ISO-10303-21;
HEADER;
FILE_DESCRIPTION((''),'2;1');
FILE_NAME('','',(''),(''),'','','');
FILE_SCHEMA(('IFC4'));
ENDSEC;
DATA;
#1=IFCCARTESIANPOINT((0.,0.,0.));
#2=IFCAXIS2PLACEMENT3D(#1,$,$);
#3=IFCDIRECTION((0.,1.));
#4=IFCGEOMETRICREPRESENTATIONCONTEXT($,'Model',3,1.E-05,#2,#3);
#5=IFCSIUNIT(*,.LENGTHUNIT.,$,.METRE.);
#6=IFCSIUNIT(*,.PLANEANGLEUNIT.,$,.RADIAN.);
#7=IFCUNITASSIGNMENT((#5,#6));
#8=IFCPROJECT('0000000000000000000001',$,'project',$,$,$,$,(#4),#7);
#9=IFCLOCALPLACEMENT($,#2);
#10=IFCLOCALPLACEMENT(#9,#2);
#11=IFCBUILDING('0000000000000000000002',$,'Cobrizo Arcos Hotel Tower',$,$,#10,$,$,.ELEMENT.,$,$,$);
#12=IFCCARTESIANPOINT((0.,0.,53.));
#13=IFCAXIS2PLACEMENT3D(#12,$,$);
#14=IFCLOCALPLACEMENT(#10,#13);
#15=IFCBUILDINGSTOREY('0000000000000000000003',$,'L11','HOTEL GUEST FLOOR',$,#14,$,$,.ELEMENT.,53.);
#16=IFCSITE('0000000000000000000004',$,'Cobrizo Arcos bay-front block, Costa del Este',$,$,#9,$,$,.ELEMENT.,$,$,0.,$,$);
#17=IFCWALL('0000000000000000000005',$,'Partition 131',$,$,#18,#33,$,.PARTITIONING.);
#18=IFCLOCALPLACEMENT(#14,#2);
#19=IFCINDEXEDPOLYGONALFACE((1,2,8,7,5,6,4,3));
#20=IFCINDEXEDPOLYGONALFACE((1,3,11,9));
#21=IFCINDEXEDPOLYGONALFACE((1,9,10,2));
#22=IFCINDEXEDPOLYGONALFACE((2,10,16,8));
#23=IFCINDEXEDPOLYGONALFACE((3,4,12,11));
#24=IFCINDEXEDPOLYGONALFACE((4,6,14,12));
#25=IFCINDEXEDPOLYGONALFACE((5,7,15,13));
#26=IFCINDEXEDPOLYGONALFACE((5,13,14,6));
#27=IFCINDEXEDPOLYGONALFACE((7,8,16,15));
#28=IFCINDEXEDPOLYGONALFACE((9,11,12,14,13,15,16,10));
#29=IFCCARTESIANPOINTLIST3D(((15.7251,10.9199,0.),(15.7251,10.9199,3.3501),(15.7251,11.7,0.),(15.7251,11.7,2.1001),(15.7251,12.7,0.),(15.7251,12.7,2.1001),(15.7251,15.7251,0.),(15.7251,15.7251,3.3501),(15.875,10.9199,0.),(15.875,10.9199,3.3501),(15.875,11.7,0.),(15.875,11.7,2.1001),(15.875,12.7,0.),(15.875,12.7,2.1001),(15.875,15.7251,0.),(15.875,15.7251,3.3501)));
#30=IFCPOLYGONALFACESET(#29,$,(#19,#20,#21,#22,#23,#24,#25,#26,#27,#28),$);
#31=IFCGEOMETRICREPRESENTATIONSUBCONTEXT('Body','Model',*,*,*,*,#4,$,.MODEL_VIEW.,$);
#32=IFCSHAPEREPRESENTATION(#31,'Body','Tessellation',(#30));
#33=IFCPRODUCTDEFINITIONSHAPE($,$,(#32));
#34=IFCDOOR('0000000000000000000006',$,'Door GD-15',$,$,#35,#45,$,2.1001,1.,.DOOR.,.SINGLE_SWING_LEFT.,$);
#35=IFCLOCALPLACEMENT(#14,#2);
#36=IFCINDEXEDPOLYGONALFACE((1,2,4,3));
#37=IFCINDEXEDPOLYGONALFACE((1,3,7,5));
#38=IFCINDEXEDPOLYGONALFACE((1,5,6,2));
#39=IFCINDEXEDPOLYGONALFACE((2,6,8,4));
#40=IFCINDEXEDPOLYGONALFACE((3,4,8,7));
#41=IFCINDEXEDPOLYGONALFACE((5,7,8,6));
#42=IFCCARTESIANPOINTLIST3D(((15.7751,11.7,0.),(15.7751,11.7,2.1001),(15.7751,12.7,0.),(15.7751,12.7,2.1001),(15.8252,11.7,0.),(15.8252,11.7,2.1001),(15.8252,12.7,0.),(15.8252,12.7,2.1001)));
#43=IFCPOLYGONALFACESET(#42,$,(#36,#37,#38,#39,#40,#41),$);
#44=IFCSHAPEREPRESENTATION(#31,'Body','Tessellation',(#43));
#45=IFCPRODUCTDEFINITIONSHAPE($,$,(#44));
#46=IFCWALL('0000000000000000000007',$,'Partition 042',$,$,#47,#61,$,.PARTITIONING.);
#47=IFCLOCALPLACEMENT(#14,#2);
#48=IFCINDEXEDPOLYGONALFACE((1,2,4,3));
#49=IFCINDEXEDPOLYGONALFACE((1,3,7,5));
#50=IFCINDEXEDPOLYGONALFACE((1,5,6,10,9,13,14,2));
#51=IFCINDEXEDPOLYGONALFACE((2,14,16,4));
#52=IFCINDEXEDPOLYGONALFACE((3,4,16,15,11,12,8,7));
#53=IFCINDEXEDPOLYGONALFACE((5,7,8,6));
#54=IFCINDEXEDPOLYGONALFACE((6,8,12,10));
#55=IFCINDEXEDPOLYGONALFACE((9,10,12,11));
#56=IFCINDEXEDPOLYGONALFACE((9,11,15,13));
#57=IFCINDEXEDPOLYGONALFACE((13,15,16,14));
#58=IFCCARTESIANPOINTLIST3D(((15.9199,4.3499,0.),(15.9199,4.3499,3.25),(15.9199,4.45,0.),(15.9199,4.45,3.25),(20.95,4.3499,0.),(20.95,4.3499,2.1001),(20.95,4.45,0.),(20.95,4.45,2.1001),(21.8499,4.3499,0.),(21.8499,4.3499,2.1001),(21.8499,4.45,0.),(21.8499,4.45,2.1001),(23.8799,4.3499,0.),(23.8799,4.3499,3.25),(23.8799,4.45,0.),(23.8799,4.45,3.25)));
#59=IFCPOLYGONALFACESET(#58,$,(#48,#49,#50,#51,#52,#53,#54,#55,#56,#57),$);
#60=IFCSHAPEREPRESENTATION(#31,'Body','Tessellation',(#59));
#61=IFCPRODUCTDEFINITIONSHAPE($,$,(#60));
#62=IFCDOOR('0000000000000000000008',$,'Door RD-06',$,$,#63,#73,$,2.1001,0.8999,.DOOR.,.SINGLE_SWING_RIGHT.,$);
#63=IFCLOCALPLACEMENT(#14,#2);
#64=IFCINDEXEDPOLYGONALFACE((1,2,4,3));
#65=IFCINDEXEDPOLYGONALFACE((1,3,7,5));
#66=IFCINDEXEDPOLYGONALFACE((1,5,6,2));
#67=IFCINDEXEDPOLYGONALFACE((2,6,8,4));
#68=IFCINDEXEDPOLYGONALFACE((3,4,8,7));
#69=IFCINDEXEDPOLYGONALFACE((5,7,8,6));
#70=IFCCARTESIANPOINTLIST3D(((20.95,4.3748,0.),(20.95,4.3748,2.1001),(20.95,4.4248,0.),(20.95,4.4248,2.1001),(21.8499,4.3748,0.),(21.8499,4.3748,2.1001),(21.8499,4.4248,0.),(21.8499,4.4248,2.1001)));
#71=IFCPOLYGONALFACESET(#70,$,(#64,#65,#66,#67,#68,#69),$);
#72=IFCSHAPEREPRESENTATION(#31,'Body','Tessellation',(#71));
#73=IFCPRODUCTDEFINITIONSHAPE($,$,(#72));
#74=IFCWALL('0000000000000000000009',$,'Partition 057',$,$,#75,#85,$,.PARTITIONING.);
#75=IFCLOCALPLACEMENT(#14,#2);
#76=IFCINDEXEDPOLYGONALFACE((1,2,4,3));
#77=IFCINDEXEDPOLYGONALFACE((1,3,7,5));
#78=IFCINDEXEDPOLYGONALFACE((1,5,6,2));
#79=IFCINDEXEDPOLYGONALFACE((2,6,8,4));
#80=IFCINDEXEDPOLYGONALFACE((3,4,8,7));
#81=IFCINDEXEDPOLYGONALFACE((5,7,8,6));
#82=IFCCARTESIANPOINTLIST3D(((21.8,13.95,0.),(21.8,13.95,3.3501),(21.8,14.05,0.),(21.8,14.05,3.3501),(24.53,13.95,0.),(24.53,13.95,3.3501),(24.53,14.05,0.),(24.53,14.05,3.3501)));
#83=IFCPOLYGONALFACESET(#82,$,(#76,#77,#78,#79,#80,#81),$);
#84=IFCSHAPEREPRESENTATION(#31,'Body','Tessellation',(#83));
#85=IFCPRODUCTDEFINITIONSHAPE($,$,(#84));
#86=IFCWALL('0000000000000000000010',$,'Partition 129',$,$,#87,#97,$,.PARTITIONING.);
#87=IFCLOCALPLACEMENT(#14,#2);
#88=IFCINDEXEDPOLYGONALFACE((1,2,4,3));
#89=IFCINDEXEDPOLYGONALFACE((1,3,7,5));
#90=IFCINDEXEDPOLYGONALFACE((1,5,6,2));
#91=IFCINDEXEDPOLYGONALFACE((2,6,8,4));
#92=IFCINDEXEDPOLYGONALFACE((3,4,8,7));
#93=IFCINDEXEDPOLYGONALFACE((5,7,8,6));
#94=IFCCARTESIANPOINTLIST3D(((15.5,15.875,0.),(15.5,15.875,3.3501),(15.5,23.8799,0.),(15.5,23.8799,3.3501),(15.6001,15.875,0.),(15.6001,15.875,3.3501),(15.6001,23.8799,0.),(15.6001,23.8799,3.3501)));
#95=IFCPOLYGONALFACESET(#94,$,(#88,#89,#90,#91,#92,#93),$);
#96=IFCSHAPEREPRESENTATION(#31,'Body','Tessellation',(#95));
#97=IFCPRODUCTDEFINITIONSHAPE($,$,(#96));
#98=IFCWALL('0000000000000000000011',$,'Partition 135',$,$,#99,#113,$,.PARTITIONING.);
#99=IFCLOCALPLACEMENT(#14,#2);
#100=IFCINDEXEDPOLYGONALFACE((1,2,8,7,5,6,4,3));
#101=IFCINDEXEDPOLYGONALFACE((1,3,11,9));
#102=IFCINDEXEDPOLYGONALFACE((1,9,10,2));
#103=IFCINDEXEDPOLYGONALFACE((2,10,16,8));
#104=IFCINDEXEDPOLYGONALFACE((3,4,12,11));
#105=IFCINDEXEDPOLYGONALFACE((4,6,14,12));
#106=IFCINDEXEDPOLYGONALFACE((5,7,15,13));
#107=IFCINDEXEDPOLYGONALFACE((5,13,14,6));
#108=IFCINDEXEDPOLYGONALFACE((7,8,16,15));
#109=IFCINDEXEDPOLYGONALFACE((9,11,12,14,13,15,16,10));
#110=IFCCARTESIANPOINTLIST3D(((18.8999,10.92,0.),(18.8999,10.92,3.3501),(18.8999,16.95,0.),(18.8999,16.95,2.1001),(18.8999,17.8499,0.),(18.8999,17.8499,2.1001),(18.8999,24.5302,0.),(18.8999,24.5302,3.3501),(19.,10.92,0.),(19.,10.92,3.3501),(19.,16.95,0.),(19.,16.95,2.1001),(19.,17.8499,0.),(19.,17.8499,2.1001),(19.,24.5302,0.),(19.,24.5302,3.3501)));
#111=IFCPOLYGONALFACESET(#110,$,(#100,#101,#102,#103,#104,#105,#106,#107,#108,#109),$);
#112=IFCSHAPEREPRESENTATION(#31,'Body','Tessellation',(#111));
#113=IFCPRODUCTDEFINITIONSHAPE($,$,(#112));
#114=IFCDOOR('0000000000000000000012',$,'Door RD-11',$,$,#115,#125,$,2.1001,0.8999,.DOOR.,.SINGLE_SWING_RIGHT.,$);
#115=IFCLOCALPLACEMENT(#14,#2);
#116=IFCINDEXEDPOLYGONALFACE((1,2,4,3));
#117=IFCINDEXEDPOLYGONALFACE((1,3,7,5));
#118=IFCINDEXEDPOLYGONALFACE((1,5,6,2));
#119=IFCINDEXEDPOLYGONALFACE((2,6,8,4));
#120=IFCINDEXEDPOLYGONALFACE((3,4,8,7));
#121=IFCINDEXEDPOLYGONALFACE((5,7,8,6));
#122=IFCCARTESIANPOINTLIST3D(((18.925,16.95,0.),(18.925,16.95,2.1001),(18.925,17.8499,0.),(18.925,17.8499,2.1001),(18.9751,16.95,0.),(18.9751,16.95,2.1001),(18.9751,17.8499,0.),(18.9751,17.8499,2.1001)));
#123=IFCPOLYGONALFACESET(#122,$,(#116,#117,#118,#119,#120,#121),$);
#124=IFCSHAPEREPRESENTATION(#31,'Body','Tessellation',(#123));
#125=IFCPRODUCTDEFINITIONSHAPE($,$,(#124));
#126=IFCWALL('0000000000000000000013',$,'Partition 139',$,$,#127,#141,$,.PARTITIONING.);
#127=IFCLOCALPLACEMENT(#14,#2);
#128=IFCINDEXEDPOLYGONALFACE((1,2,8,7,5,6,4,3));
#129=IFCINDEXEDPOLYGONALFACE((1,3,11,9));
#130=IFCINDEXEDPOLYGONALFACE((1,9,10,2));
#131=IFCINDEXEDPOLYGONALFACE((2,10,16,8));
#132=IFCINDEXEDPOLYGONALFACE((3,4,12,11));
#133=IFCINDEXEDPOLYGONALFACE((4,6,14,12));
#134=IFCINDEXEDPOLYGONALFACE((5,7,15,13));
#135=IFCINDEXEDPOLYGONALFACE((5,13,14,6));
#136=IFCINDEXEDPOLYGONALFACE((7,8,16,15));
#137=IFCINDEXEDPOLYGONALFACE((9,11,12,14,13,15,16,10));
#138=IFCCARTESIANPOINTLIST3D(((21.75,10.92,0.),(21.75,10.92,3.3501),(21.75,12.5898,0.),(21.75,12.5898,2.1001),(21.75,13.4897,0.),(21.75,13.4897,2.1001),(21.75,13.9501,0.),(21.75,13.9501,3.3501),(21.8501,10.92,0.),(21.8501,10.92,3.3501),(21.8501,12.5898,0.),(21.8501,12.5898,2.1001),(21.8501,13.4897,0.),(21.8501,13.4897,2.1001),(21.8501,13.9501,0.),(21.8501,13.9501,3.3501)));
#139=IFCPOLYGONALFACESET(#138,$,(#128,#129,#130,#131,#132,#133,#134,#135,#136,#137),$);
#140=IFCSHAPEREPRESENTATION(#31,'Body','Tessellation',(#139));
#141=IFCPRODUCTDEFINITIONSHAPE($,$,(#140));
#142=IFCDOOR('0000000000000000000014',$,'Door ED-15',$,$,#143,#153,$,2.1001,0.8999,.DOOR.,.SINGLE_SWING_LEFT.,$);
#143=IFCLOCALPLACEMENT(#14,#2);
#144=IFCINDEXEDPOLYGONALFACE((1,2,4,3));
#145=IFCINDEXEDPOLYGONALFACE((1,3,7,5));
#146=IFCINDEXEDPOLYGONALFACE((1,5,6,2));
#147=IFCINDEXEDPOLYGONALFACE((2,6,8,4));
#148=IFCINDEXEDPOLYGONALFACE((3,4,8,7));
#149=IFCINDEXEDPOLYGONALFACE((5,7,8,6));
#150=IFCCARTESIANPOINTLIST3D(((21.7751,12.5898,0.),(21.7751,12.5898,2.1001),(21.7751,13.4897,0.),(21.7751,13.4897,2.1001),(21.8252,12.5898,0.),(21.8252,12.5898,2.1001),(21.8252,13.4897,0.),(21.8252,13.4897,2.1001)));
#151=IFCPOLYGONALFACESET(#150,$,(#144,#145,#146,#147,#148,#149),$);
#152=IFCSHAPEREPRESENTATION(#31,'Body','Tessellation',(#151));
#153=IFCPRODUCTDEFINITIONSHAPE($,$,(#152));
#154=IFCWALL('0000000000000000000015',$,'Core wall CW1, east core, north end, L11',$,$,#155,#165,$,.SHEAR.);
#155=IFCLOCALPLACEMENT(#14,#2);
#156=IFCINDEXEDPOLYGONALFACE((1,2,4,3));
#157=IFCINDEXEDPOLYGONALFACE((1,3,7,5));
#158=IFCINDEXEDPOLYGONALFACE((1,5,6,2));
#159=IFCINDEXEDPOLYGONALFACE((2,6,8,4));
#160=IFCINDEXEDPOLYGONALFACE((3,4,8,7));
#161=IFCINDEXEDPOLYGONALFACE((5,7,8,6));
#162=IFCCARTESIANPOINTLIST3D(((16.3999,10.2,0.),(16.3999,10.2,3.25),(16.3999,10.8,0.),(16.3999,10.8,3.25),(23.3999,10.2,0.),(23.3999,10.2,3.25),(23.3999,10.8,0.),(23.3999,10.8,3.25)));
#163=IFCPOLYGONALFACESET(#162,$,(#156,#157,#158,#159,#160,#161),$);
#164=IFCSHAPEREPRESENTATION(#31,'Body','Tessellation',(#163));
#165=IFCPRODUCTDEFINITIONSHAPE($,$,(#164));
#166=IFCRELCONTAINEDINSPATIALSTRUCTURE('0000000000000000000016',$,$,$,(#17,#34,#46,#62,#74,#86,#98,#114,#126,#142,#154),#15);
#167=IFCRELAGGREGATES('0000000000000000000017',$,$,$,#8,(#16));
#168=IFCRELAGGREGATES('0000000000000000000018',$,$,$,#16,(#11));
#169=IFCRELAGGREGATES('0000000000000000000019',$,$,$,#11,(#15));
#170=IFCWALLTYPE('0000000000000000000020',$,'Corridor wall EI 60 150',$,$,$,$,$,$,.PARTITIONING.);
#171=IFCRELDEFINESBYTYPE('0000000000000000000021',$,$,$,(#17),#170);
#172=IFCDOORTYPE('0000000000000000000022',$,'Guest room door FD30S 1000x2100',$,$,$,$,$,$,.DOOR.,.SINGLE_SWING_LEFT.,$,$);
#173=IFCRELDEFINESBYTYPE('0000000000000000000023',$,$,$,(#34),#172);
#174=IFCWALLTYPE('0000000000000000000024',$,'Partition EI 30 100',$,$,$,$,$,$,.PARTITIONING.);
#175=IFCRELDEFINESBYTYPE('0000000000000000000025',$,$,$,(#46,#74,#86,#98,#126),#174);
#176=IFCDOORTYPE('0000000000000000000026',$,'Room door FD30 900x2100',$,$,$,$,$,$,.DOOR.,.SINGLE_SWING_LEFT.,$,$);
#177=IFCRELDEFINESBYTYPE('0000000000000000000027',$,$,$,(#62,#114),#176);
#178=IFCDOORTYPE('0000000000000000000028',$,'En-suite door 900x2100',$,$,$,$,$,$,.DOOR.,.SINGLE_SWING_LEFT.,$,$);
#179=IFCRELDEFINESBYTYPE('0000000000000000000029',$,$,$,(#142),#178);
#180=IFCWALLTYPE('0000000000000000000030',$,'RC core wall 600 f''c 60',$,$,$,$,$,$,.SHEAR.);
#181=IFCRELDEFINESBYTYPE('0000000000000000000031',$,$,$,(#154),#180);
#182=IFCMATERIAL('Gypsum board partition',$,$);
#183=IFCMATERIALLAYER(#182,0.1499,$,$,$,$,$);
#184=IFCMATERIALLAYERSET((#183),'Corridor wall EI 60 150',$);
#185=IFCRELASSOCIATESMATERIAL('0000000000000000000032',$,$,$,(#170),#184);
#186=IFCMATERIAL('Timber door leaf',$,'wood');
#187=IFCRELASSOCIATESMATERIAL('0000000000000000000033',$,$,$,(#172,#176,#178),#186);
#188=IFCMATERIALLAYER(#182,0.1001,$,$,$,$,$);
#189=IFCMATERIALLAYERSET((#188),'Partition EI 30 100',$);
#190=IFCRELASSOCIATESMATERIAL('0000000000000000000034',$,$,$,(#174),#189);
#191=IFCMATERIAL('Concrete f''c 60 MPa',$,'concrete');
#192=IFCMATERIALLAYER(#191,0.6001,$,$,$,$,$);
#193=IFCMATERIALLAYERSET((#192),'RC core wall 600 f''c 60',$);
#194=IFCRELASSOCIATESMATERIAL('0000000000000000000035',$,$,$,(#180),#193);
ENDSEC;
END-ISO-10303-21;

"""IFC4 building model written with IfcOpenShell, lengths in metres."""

from ifc_helpers import new_model, si_unit, direction, frame, frame_2d, origin, place, context, subcontext, project, spatial, rectangle, extrude, material, layer, layer_set, type_object, element, fill, save


model = new_model("IFC4")

# Units and contexts
model_context = context("Model", 3, precision=1e-05, world=origin(), true_north=direction((0.0, 1.0)))
body_context = subcontext(model_context, "Body", "Model", "MODEL_VIEW")
ifc_project = project(units=[si_unit("LENGTHUNIT", "METRE"), si_unit("PLANEANGLEUNIT", "RADIAN")], contexts=[model_context])

# Site, building, storey
site_placement = place(None, origin())
site = spatial("IfcSite", under=ifc_project, at=site_placement, Name="Cobrizo Arcos bay-front block, Costa del Este", CompositionType="ELEMENT", RefElevation=0.0)
building_placement = place(site_placement, origin())
building = spatial("IfcBuilding", under=site, at=building_placement, Name="Cobrizo Arcos Hotel Tower", CompositionType="ELEMENT")
storey_placement = place(building_placement, frame((0.0, 0.0, 53.0)))
storey = spatial("IfcBuildingStorey", under=building, at=storey_placement, Name="L11", Description="HOTEL GUEST FLOOR", CompositionType="ELEMENT", Elevation=53.0)

# Walls, openings, doors
ifc_material_1 = material(Name="Gypsum board partition")
ifc_layer_1 = layer(ifc_material_1, 0.1499)
ifc_layer_set_1 = layer_set([ifc_layer_1], Name="Corridor wall EI 60 150")
wall_type_1 = type_object("IfcWallType", Name="Corridor wall EI 60 150", PredefinedType="PARTITIONING", material=ifc_layer_set_1)
wall_1_placement = place(storey_placement, frame((15.8, 10.9199, 0.0), z_axis=(0.0, 0.0, 1.0), x_axis=(0.0, 1.0, 0.0)))
wall_1 = element("IfcWall", 1, at=wall_1_placement, inside=storey, type_object=wall_type_1, Name="Partition 131", PredefinedType="PARTITIONING", context=body_context, shape_type="SweptSolid", body=[
    extrude(rectangle(XDim=4.8052, YDim=0.1499, at=frame_2d((2.4026, 0.0))), origin(), (0.0, 0.0, 1.0), 3.3501),
])
opening_1_placement = place(wall_1_placement, frame((0.78, 0.0, 0.0)))
opening_1 = element("IfcOpeningElement", 2, at=opening_1_placement, cuts=wall_1, PredefinedType="OPENING", context=body_context, shape_type="SweptSolid", body=[
    extrude(rectangle(XDim=1.0, YDim=2.1001, at=frame_2d((0.5, 1.05))), frame((0.0, 0.0869, 0.0), z_axis=(0.0, -1.0, 0.0), x_axis=(1.0, 0.0, 0.0)), (0.0, 0.0, 1.0), 0.1738),
])
ifc_material_2 = material(Name="Timber door leaf", Category="wood")
door_type_1 = type_object("IfcDoorType", Name="Guest room door FD30S 1000x2100", OperationType="SINGLE_SWING_LEFT", PredefinedType="DOOR", material=ifc_material_2)
door_1_placement = place(opening_1_placement, origin())
door_1 = element("IfcDoor", 3, at=door_1_placement, inside=storey, type_object=door_type_1, Name="Door GD-15", OperationType="SINGLE_SWING_LEFT", OverallHeight=2.1001, OverallWidth=1.0, PredefinedType="DOOR", context=body_context, shape_type="SweptSolid", body=[
    extrude(rectangle(XDim=1.0, YDim=2.1001, at=frame_2d((0.5, 1.05))), frame((0.0, 0.0249, 0.0), z_axis=(0.0, -1.0, 0.0), x_axis=(1.0, 0.0, 0.0)), (0.0, 0.0, 1.0), 0.05),
])
fill(opening_1, door_1)
ifc_layer_2 = layer(ifc_material_1, 0.1001)
ifc_layer_set_2 = layer_set([ifc_layer_2], Name="Partition EI 30 100")
wall_type_2 = type_object("IfcWallType", Name="Partition EI 30 100", PredefinedType="PARTITIONING", material=ifc_layer_set_2)
wall_2_placement = place(storey_placement, frame((15.9199, 4.3999, 0.0), z_axis=(0.0, 0.0, 1.0), x_axis=(1.0, 0.0, 0.0)))
wall_2 = element("IfcWall", 4, at=wall_2_placement, inside=storey, type_object=wall_type_2, Name="Partition 042", PredefinedType="PARTITIONING", context=body_context, shape_type="SweptSolid", body=[
    extrude(rectangle(XDim=7.96, YDim=0.1001, at=frame_2d((3.98, 0.0))), origin(), (0.0, 0.0, 1.0), 3.25),
])
opening_2_placement = place(wall_2_placement, frame((5.03, 0.0, 0.0)))
opening_2 = element("IfcOpeningElement", 5, at=opening_2_placement, cuts=wall_2, PredefinedType="OPENING", context=body_context, shape_type="SweptSolid", body=[
    extrude(rectangle(XDim=0.8999, YDim=2.1001, at=frame_2d((0.45, 1.05))), frame((0.0, 0.062, 0.0), z_axis=(0.0, -1.0, 0.0), x_axis=(1.0, 0.0, 0.0)), (0.0, 0.0, 1.0), 0.124),
])
door_type_2 = type_object("IfcDoorType", Name="Room door FD30 900x2100", OperationType="SINGLE_SWING_LEFT", PredefinedType="DOOR", material=ifc_material_2)
door_2_placement = place(opening_2_placement, origin())
door_2 = element("IfcDoor", 6, at=door_2_placement, inside=storey, type_object=door_type_2, Name="Door RD-06", OperationType="SINGLE_SWING_RIGHT", OverallHeight=2.1001, OverallWidth=0.8999, PredefinedType="DOOR", context=body_context, shape_type="SweptSolid", body=[
    extrude(rectangle(XDim=0.8999, YDim=2.1001, at=frame_2d((0.45, 1.05))), frame((0.0, 0.0249, 0.0), z_axis=(0.0, -1.0, 0.0), x_axis=(1.0, 0.0, 0.0)), (0.0, 0.0, 1.0), 0.05),
])
fill(opening_2, door_2)

# Walls
wall_3_placement = place(storey_placement, frame((21.8, 14.0, 0.0), z_axis=(0.0, 0.0, 1.0), x_axis=(1.0, 0.0, 0.0)))
element("IfcWall", 7, at=wall_3_placement, inside=storey, type_object=wall_type_2, Name="Partition 057", PredefinedType="PARTITIONING", context=body_context, shape_type="SweptSolid", body=[
    extrude(rectangle(XDim=2.73, YDim=0.1001, at=frame_2d((1.365, 0.0))), origin(), (0.0, 0.0, 1.0), 3.3501),
])
wall_4_placement = place(storey_placement, frame((15.55, 15.875, 0.0), z_axis=(0.0, 0.0, 1.0), x_axis=(0.0, 1.0, 0.0)))
element("IfcWall", 8, at=wall_4_placement, inside=storey, type_object=wall_type_2, Name="Partition 129", PredefinedType="PARTITIONING", context=body_context, shape_type="SweptSolid", body=[
    extrude(rectangle(XDim=8.0049, YDim=0.1001, at=frame_2d((4.0024, 0.0))), origin(), (0.0, 0.0, 1.0), 3.3501),
])

# Walls, openings, doors
wall_5_placement = place(storey_placement, frame((18.95, 10.9199, 0.0), z_axis=(0.0, 0.0, 1.0), x_axis=(0.0, 1.0, 0.0)))
wall_5 = element("IfcWall", 9, at=wall_5_placement, inside=storey, type_object=wall_type_2, Name="Partition 135", PredefinedType="PARTITIONING", context=body_context, shape_type="SweptSolid", body=[
    extrude(rectangle(XDim=13.6101, YDim=0.1001, at=frame_2d((6.8052, 0.0))), origin(), (0.0, 0.0, 1.0), 3.3501),
])
opening_3_placement = place(wall_5_placement, frame((6.03, 0.0, 0.0)))
opening_3 = element("IfcOpeningElement", 10, at=opening_3_placement, cuts=wall_5, PredefinedType="OPENING", context=body_context, shape_type="SweptSolid", body=[
    extrude(rectangle(XDim=0.8999, YDim=2.1001, at=frame_2d((0.45, 1.05))), frame((0.0, 0.062, 0.0), z_axis=(0.0, -1.0, 0.0), x_axis=(1.0, 0.0, 0.0)), (0.0, 0.0, 1.0), 0.124),
])
door_3_placement = place(opening_3_placement, origin())
door_3 = element("IfcDoor", 11, at=door_3_placement, inside=storey, type_object=door_type_2, Name="Door RD-11", OperationType="SINGLE_SWING_RIGHT", OverallHeight=2.1001, OverallWidth=0.8999, PredefinedType="DOOR", context=body_context, shape_type="SweptSolid", body=[
    extrude(rectangle(XDim=0.8999, YDim=2.1001, at=frame_2d((0.45, 1.05))), frame((0.0, 0.0249, 0.0), z_axis=(0.0, -1.0, 0.0), x_axis=(1.0, 0.0, 0.0)), (0.0, 0.0, 1.0), 0.05),
])
fill(opening_3, door_3)
wall_6_placement = place(storey_placement, frame((21.8, 10.9199, 0.0), z_axis=(0.0, 0.0, 1.0), x_axis=(0.0, 1.0, 0.0)))
wall_6 = element("IfcWall", 12, at=wall_6_placement, inside=storey, type_object=wall_type_2, Name="Partition 139", PredefinedType="PARTITIONING", context=body_context, shape_type="SweptSolid", body=[
    extrude(rectangle(XDim=3.03, YDim=0.1001, at=frame_2d((1.5151, 0.0))), origin(), (0.0, 0.0, 1.0), 3.3501),
])
opening_4_placement = place(wall_6_placement, frame((1.6699, 0.0, 0.0)))
opening_4 = element("IfcOpeningElement", 13, at=opening_4_placement, cuts=wall_6, PredefinedType="OPENING", context=body_context, shape_type="SweptSolid", body=[
    extrude(rectangle(XDim=0.8999, YDim=2.1001, at=frame_2d((0.45, 1.05))), frame((0.0, 0.062, 0.0), z_axis=(0.0, -1.0, 0.0), x_axis=(1.0, 0.0, 0.0)), (0.0, 0.0, 1.0), 0.124),
])
door_type_3 = type_object("IfcDoorType", Name="En-suite door 900x2100", OperationType="SINGLE_SWING_LEFT", PredefinedType="DOOR", material=ifc_material_2)
door_4_placement = place(opening_4_placement, origin())
door_4 = element("IfcDoor", 14, at=door_4_placement, inside=storey, type_object=door_type_3, Name="Door ED-15", OperationType="SINGLE_SWING_LEFT", OverallHeight=2.1001, OverallWidth=0.8999, PredefinedType="DOOR", context=body_context, shape_type="SweptSolid", body=[
    extrude(rectangle(XDim=0.8999, YDim=2.1001, at=frame_2d((0.45, 1.05))), frame((0.0, 0.0249, 0.0), z_axis=(0.0, -1.0, 0.0), x_axis=(1.0, 0.0, 0.0)), (0.0, 0.0, 1.0), 0.05),
])
fill(opening_4, door_4)

# Wall
ifc_material_3 = material(Name="Concrete f'c 60 MPa", Category="concrete")
ifc_layer_3 = layer(ifc_material_3, 0.6001)
ifc_layer_set_3 = layer_set([ifc_layer_3], Name="RC core wall 600 f'c 60")
wall_type_3 = type_object("IfcWallType", Name="RC core wall 600 f'c 60", PredefinedType="SHEAR", material=ifc_layer_set_3)
wall_7_placement = place(storey_placement, frame((16.3999, 10.5, 0.0), z_axis=(0.0, 0.0, 1.0), x_axis=(1.0, 0.0, 0.0)))
element("IfcWall", 15, at=wall_7_placement, inside=storey, type_object=wall_type_3, Name="Core wall CW1, east core, north end, L11", PredefinedType="SHEAR", context=body_context, shape_type="SweptSolid", body=[
    extrude(rectangle(XDim=7.0, YDim=0.6001, at=frame_2d((3.5, 0.0))), origin(), (0.0, 0.0, 1.0), 3.25),
])

save(model, "model.ifc")
